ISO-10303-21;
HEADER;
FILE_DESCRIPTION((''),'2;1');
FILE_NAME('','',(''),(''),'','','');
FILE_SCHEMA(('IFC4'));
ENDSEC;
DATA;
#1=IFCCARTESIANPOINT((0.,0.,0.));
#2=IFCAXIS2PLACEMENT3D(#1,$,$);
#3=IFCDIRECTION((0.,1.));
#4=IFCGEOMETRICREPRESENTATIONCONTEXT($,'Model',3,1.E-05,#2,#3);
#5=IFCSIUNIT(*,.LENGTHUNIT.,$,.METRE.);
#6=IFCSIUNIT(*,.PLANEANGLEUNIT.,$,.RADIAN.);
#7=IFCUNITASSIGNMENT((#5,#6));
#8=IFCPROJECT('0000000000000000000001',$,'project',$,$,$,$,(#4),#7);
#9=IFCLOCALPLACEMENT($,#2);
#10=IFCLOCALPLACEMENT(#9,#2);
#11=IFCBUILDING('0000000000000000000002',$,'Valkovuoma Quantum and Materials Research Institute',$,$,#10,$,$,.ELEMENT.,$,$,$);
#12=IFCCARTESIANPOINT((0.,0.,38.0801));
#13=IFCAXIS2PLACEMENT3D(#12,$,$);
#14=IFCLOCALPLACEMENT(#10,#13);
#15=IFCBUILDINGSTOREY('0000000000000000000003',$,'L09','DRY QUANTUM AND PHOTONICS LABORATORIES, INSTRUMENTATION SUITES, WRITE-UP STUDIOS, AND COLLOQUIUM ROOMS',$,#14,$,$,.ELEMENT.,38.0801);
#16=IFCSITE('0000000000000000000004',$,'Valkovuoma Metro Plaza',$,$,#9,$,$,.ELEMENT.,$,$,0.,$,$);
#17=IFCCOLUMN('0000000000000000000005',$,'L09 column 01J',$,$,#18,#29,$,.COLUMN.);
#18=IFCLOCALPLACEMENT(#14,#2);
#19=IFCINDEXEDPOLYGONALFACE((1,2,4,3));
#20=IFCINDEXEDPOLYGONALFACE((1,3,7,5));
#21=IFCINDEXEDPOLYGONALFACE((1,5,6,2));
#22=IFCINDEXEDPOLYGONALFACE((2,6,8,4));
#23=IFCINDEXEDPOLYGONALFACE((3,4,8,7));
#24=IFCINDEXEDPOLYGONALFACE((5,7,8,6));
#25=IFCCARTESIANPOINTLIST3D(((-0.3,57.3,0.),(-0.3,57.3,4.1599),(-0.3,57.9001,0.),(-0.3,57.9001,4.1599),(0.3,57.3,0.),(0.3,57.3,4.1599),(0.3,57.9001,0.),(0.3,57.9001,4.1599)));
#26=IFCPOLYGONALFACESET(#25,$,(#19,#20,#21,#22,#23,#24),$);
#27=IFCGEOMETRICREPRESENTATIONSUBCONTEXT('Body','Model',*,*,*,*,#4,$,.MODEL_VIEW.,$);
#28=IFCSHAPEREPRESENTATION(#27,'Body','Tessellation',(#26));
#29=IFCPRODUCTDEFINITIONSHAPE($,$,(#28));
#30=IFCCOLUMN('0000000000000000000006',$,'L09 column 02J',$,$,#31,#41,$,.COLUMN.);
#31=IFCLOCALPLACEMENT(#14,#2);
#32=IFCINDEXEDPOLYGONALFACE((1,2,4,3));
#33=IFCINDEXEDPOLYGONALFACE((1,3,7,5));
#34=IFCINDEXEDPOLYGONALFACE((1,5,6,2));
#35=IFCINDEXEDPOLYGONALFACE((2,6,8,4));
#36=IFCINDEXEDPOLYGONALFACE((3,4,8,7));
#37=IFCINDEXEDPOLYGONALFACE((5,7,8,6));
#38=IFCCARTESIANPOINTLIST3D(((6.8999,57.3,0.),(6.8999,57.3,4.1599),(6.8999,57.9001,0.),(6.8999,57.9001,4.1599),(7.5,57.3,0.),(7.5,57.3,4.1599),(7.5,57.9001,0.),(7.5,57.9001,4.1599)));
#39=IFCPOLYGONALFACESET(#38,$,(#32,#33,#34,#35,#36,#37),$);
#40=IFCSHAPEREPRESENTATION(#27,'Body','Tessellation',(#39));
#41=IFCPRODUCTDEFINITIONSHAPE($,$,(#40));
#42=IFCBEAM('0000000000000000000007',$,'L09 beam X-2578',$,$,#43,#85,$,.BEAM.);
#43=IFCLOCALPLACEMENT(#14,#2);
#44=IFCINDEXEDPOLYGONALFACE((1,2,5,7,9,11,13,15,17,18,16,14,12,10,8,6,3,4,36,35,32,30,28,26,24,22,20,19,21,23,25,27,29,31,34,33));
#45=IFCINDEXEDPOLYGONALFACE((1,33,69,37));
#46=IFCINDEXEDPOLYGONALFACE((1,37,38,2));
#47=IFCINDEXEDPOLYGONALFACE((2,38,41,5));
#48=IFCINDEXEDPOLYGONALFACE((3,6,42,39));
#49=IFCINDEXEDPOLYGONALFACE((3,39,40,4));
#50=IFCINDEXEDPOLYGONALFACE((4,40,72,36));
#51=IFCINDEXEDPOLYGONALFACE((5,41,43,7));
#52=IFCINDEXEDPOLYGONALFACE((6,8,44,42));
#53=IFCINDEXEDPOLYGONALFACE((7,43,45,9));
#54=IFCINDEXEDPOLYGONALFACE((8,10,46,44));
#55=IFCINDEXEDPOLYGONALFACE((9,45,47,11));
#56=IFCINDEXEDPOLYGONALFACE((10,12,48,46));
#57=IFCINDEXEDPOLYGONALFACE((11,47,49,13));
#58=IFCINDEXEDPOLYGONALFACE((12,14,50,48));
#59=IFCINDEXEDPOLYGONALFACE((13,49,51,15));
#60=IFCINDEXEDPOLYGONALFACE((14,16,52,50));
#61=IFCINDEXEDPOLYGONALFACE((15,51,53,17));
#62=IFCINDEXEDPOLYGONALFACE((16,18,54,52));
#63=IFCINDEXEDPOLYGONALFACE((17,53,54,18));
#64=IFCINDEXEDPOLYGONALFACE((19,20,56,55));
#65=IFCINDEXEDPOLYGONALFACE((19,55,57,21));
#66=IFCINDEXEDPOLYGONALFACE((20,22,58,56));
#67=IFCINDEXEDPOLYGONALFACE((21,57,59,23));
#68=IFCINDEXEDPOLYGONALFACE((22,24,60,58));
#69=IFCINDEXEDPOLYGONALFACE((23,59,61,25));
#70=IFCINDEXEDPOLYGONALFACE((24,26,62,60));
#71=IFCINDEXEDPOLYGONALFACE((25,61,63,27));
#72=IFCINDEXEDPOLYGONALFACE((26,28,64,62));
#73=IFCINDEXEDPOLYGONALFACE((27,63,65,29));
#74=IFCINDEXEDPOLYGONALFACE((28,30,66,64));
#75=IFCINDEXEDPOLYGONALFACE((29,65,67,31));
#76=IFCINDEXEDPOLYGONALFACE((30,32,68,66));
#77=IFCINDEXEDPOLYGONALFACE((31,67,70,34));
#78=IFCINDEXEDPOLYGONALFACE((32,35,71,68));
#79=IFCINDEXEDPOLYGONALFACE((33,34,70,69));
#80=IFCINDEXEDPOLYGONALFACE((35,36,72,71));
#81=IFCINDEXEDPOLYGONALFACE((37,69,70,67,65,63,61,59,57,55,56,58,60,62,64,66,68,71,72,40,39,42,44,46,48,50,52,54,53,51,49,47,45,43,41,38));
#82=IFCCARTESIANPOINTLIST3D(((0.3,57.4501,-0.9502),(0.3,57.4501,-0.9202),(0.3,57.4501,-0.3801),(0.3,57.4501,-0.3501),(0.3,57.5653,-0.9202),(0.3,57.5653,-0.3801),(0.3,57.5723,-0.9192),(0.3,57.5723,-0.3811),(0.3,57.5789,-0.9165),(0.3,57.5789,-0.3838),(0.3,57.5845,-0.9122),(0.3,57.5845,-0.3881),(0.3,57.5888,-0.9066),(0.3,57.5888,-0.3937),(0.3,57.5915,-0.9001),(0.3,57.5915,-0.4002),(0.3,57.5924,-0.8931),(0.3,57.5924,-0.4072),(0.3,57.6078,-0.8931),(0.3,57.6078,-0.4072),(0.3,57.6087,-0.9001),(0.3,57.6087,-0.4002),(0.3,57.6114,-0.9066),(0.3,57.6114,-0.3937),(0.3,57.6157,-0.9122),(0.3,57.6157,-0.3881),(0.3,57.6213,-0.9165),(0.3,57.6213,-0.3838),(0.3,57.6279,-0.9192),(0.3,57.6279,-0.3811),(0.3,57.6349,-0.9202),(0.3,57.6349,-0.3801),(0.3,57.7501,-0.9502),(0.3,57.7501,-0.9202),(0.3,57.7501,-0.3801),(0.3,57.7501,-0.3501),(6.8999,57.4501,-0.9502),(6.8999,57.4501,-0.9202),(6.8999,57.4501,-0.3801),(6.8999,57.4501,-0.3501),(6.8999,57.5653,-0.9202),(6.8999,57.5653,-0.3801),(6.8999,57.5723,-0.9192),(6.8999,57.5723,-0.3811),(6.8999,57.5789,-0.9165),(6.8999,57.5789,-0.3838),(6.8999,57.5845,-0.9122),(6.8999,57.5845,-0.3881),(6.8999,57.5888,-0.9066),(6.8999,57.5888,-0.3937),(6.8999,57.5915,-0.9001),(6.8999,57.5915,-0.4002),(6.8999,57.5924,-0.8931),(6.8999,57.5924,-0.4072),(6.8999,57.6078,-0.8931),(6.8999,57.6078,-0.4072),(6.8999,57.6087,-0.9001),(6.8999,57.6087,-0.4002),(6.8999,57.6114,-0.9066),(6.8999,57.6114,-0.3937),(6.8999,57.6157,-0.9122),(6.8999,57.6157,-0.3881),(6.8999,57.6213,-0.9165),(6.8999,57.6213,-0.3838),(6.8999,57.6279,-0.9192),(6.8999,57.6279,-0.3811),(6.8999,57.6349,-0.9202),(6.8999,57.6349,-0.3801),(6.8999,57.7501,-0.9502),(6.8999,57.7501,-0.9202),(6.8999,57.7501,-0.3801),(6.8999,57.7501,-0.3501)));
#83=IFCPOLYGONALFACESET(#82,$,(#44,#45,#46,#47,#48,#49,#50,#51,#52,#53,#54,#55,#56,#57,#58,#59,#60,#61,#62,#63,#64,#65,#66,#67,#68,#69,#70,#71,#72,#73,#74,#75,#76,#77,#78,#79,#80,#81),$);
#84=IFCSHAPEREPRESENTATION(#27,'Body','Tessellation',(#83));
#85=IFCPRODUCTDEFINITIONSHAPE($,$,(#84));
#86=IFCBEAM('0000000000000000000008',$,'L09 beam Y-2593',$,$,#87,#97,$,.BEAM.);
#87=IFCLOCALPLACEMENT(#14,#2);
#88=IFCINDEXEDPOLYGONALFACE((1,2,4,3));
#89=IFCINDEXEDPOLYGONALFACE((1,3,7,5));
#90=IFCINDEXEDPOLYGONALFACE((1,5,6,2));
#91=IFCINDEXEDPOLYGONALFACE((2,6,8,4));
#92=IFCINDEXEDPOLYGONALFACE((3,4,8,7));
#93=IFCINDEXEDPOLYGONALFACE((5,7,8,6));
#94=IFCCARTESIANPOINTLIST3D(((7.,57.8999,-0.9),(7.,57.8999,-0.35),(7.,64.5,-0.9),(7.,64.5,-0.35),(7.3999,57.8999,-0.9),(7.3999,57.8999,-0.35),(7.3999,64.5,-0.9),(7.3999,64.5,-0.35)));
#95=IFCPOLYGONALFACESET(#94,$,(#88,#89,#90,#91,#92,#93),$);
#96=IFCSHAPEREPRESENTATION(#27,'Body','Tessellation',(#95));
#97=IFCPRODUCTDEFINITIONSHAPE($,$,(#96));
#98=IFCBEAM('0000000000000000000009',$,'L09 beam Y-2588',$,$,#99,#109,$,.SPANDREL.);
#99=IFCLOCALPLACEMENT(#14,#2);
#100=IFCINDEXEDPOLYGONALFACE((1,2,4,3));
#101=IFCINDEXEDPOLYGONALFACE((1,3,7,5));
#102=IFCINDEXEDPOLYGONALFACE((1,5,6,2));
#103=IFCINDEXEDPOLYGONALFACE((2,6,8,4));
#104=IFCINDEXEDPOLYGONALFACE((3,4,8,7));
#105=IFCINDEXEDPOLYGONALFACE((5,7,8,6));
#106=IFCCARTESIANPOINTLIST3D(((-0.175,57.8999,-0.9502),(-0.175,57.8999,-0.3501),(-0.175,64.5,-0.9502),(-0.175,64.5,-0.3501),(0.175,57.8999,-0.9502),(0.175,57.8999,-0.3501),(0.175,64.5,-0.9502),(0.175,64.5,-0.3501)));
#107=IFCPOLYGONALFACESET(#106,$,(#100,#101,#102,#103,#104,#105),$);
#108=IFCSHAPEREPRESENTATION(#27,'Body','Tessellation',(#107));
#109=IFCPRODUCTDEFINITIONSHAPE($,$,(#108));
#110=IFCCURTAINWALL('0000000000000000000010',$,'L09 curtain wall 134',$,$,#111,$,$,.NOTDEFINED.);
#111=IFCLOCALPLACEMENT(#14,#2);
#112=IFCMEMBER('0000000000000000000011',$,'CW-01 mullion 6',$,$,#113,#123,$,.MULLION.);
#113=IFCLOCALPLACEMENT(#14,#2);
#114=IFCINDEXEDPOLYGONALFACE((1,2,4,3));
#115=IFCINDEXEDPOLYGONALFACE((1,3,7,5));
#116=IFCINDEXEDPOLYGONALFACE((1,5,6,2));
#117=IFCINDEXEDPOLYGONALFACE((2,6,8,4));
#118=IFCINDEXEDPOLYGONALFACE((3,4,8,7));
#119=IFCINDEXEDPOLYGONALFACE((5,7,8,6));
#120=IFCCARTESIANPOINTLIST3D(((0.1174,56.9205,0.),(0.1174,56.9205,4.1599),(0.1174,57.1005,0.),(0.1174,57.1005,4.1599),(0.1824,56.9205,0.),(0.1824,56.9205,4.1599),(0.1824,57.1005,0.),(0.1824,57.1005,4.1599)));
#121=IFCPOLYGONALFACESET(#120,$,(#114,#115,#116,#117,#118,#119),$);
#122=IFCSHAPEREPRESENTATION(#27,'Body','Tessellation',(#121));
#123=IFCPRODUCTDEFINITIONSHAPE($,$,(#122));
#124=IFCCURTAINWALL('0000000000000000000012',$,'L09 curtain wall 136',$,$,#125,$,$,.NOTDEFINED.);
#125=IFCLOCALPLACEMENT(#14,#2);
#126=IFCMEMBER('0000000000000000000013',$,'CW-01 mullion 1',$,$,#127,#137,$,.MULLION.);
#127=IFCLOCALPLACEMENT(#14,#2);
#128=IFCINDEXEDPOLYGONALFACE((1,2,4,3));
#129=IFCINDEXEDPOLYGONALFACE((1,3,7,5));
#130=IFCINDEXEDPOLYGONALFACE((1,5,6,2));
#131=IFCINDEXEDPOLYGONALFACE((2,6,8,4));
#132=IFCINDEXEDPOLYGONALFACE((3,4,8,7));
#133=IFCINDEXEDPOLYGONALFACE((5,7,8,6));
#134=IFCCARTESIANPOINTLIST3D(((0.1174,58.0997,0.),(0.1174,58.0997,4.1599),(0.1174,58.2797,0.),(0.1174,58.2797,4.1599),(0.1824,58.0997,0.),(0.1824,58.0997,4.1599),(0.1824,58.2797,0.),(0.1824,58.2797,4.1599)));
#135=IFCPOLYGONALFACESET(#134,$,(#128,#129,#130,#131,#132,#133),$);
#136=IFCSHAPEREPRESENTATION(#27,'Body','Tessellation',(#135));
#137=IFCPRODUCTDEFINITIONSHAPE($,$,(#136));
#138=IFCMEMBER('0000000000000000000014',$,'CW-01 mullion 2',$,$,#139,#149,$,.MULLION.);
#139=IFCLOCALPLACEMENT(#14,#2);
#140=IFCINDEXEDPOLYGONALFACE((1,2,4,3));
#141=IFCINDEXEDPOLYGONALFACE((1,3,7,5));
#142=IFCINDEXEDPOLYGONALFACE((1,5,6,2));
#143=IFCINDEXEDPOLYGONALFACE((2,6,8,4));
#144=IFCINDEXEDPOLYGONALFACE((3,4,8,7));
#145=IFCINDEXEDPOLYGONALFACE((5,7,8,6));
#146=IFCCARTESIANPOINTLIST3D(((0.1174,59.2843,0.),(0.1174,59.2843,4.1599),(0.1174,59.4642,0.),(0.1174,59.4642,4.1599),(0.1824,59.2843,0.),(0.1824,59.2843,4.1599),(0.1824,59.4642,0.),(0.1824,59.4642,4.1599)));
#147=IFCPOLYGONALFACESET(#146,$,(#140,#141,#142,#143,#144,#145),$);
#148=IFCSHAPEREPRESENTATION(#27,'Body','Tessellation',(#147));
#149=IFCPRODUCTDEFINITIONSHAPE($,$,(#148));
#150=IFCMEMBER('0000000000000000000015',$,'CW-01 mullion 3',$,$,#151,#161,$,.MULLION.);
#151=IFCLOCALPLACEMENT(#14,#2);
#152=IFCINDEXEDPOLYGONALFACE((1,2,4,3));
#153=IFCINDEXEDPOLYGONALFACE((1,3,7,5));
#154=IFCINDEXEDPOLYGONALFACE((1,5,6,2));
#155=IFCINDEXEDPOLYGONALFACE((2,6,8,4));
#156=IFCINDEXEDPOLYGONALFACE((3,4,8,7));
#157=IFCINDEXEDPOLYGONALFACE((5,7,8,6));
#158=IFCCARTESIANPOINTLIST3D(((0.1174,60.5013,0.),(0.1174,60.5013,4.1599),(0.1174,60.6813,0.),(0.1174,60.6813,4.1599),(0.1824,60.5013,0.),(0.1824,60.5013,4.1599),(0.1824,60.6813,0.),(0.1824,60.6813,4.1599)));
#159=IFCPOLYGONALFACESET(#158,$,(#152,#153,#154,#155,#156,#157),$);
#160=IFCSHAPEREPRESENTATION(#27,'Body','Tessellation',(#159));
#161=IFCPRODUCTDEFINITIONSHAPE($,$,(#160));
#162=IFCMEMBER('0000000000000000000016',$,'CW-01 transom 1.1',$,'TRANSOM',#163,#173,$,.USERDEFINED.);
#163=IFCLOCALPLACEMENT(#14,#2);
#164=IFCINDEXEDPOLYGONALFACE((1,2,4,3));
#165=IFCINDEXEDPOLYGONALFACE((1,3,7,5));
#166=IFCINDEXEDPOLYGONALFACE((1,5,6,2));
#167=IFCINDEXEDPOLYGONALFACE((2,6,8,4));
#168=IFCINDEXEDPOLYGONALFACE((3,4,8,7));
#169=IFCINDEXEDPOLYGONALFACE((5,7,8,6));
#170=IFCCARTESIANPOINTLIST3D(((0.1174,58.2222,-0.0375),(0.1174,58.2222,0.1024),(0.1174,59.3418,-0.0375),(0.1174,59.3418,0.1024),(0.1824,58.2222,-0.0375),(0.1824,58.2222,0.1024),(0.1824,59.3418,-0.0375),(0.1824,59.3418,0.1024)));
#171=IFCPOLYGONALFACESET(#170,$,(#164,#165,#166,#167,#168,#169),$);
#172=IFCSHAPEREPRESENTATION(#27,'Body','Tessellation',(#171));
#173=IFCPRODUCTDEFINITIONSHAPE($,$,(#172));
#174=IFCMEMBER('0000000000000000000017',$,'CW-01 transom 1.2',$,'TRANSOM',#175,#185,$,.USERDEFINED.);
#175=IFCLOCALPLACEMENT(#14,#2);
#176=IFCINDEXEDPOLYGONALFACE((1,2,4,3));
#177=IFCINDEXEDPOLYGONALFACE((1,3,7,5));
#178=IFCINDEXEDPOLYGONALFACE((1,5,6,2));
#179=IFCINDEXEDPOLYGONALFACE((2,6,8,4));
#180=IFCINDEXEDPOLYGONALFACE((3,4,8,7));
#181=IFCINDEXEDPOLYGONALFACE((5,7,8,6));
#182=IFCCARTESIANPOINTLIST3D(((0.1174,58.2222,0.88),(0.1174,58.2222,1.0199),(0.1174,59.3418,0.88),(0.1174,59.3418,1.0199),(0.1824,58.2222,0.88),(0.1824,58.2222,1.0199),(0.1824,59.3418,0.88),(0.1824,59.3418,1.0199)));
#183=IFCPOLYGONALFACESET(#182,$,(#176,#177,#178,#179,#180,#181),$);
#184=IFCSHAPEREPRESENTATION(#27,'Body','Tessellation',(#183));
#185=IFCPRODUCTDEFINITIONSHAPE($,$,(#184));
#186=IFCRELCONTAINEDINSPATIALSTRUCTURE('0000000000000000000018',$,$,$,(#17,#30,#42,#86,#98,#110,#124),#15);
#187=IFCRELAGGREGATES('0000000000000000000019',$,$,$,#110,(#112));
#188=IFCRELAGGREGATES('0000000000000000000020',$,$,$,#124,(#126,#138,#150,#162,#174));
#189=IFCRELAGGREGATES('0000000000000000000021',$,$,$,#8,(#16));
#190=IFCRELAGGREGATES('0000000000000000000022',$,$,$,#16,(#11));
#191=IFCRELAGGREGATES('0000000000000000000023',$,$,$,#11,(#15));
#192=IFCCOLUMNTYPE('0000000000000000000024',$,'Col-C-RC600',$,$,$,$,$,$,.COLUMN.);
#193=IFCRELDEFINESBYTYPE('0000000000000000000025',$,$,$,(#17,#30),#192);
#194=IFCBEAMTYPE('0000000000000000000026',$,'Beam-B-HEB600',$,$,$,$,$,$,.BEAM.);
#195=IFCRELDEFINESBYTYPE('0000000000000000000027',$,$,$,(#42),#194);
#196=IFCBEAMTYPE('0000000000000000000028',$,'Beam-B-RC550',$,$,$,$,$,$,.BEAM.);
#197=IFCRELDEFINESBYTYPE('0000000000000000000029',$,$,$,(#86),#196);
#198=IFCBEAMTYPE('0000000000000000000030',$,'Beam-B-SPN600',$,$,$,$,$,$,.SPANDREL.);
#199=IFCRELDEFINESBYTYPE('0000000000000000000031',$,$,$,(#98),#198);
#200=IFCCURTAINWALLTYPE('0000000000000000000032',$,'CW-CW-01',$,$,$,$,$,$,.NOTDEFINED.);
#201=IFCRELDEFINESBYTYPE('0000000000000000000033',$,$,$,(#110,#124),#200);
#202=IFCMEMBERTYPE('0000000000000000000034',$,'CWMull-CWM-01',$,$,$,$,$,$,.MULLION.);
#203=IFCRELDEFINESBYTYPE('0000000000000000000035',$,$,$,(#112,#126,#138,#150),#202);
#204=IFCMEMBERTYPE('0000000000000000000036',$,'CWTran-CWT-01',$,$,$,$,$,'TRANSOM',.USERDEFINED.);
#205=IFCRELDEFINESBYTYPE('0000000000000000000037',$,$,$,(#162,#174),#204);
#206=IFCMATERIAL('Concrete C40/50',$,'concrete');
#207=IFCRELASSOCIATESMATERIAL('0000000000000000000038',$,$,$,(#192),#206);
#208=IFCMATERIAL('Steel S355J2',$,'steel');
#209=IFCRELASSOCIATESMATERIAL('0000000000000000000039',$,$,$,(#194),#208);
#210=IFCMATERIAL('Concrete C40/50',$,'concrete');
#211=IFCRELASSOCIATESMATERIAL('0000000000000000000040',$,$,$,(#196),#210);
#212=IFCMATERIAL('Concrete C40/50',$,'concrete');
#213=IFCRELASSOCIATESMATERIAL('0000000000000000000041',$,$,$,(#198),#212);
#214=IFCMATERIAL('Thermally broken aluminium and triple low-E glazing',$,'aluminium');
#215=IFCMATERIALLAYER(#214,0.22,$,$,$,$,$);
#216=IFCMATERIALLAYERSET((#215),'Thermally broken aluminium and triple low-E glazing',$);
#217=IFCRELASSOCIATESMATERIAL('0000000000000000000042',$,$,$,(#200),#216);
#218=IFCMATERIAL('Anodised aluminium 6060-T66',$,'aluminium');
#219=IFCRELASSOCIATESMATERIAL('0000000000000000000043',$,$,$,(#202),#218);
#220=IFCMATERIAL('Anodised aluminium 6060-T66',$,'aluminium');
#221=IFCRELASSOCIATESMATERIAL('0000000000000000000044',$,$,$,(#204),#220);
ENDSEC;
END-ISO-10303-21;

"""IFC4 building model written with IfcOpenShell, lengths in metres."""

from ifc_helpers import new_model, si_unit, direction, frame, origin, origin_2d, place, context, subcontext, project, spatial, rectangle, i_section, extrude, material, layer, layer_set, material_profile, profile_set, type_object, element, aggregate, save


model = new_model("IFC4")

# Units and contexts
model_context = context("Model", 3, precision=1e-05, world=origin(), true_north=direction((0.0, 1.0)))
body_context = subcontext(model_context, "Body", "Model", "MODEL_VIEW")
ifc_project = project(units=[si_unit("LENGTHUNIT", "METRE"), si_unit("PLANEANGLEUNIT", "RADIAN")], contexts=[model_context])

# Site, building, storey
site_placement = place(None, origin())
site = spatial("IfcSite", under=ifc_project, at=site_placement, Name="Valkovuoma Metro Plaza", CompositionType="ELEMENT", RefElevation=0.0)
building_placement = place(site_placement, origin())
building = spatial("IfcBuilding", under=site, at=building_placement, Name="Valkovuoma Quantum and Materials Research Institute", CompositionType="ELEMENT")
storey_placement = place(building_placement, frame((0.0, 0.0, 38.0801)))
storey = spatial("IfcBuildingStorey", under=building, at=storey_placement, Name="L09", Description="DRY QUANTUM AND PHOTONICS LABORATORIES, INSTRUMENTATION SUITES, WRITE-UP STUDIOS, AND COLLOQUIUM ROOMS", CompositionType="ELEMENT", Elevation=38.0801)

# Columns
ifc_material_1 = material(Name="Concrete C40/50", Category="concrete")
ifc_material_profile_1 = material_profile(ifc_material_1, rectangle(XDim=0.6001, YDim=0.6001, at=origin_2d()), Name="Concrete C40/50")
ifc_profile_set_1 = profile_set([ifc_material_profile_1], Name="Concrete C40/50")
column_type = type_object("IfcColumnType", Name="Col-C-RC600", PredefinedType="COLUMN", material=ifc_profile_set_1)
for number, where, z_axis, x_axis, name in (
    (1, (0.0, 57.6001, 0.0), (0.0, 0.0, 1.0), (1.0, 0.0, 0.0), "L09 column 01J"),
    (2, (7.2, 57.6001, 0.0), (0.0, 0.0, 1.0), (1.0, 0.0, 0.0), "L09 column 02J"),
):
    element("IfcColumn", number, at=place(storey_placement, frame(where, z_axis=z_axis, x_axis=x_axis)), inside=storey, type_object=column_type, Name=name, PredefinedType="COLUMN", context=body_context, shape_type="SweptSolid", body=[
        extrude(rectangle(XDim=0.6001, YDim=0.6001, at=origin_2d()), origin(), (0.0, 0.0, 1.0), 4.1599),
    ])

# Beams
ifc_material_2 = material(Name="Steel S355J2", Category="steel")
ifc_material_profile_2 = material_profile(ifc_material_2, i_section(OverallWidth=0.3, OverallDepth=0.6001, WebThickness=0.0154, FlangeThickness=0.03, FilletRadius=0.0271, at=origin_2d()), Name="Steel S355J2")
ifc_profile_set_2 = profile_set([ifc_material_profile_2], Name="Steel S355J2")
beam_type_1 = type_object("IfcBeamType", Name="Beam-B-HEB600", PredefinedType="BEAM", material=ifc_profile_set_2)
beam_1_placement = place(storey_placement, frame((0.3, 57.6001, -0.6501), z_axis=(1.0, 0.0, 0.0), x_axis=(0.0, 1.0, 0.0)))
element("IfcBeam", 3, at=beam_1_placement, inside=storey, type_object=beam_type_1, Name="L09 beam X-2578", PredefinedType="BEAM", context=body_context, shape_type="SweptSolid", body=[
    extrude(i_section(OverallWidth=0.3, OverallDepth=0.6001, WebThickness=0.0154, FlangeThickness=0.03, FilletRadius=0.0271, at=origin_2d()), origin(), (0.0, 0.0, 1.0), 6.5999),
])
ifc_material_3 = material(Name="Concrete C40/50", Category="concrete")
ifc_material_profile_3 = material_profile(ifc_material_3, rectangle(XDim=0.3999, YDim=0.55, at=origin_2d()), Name="Concrete C40/50")
ifc_profile_set_3 = profile_set([ifc_material_profile_3], Name="Concrete C40/50")
beam_type_2 = type_object("IfcBeamType", Name="Beam-B-RC550", PredefinedType="BEAM", material=ifc_profile_set_3)
beam_2_placement = place(storey_placement, frame((7.2, 57.8999, -0.625), z_axis=(0.0, 1.0, 0.0), x_axis=(-1.0, 0.0, 0.0)))
element("IfcBeam", 4, at=beam_2_placement, inside=storey, type_object=beam_type_2, Name="L09 beam Y-2593", PredefinedType="BEAM", context=body_context, shape_type="SweptSolid", body=[
    extrude(rectangle(XDim=0.3999, YDim=0.55, at=origin_2d()), origin(), (0.0, 0.0, 1.0), 6.6001),
])
ifc_material_4 = material(Name="Concrete C40/50", Category="concrete")
ifc_material_profile_4 = material_profile(ifc_material_4, rectangle(XDim=0.3501, YDim=0.6001, at=origin_2d()), Name="Concrete C40/50")
ifc_profile_set_4 = profile_set([ifc_material_profile_4], Name="Concrete C40/50")
beam_type_3 = type_object("IfcBeamType", Name="Beam-B-SPN600", PredefinedType="SPANDREL", material=ifc_profile_set_4)
beam_3_placement = place(storey_placement, frame((0.0, 57.8999, -0.6501), z_axis=(0.0, 1.0, 0.0), x_axis=(-1.0, 0.0, 0.0)))
element("IfcBeam", 5, at=beam_3_placement, inside=storey, type_object=beam_type_3, Name="L09 beam Y-2588", PredefinedType="SPANDREL", context=body_context, shape_type="SweptSolid", body=[
    extrude(rectangle(XDim=0.3501, YDim=0.6001, at=origin_2d()), origin(), (0.0, 0.0, 1.0), 6.6001),
])

# Curtain wall, member
ifc_material_5 = material(Name="Thermally broken aluminium and triple low-E glazing", Category="aluminium")
ifc_layer_1 = layer(ifc_material_5, 0.22)
ifc_layer_set_1 = layer_set([ifc_layer_1], Name="Thermally broken aluminium and triple low-E glazing")
curtain_wall_type = type_object("IfcCurtainWallType", Name="CW-CW-01", PredefinedType="NOTDEFINED", material=ifc_layer_set_1)
curtain_wall_1_placement = place(storey_placement, origin())
curtain_wall_1 = element("IfcCurtainWall", 6, at=curtain_wall_1_placement, inside=storey, type_object=curtain_wall_type, Name="L09 curtain wall 134", PredefinedType="NOTDEFINED")
ifc_material_6 = material(Name="Anodised aluminium 6060-T66", Category="aluminium")
ifc_material_profile_5 = material_profile(ifc_material_6, rectangle(XDim=0.0649, YDim=0.1799, at=origin_2d()), Name="Anodised aluminium 6060-T66")
ifc_profile_set_5 = profile_set([ifc_material_profile_5], Name="Anodised aluminium 6060-T66")
member_type_1 = type_object("IfcMemberType", Name="CWMull-CWM-01", PredefinedType="MULLION", material=ifc_profile_set_5)
member_1_placement = place(storey_placement, frame((0.1499, 57.0105, 0.0), z_axis=(0.0, 0.0, 1.0), x_axis=(-1.0, 0.0, 0.0)))
member_1 = element("IfcMember", 7, at=member_1_placement, type_object=member_type_1, Name="CW-01 mullion 6", PredefinedType="MULLION", context=body_context, shape_type="SweptSolid", body=[
    extrude(rectangle(XDim=0.0649, YDim=0.1799, at=origin_2d()), origin(), (0.0, 0.0, 1.0), 4.1599),
])
aggregate(curtain_wall_1, [member_1])

# Curtain wall, members
curtain_wall_2_placement = place(storey_placement, origin())
curtain_wall_2 = element("IfcCurtainWall", 8, at=curtain_wall_2_placement, inside=storey, type_object=curtain_wall_type, Name="L09 curtain wall 136", PredefinedType="NOTDEFINED")
member_2_placement = place(storey_placement, frame((0.1499, 58.1897, 0.0), z_axis=(0.0, 0.0, 1.0), x_axis=(-1.0, 0.0, 0.0)))
member_2 = element("IfcMember", 9, at=member_2_placement, type_object=member_type_1, Name="CW-01 mullion 1", PredefinedType="MULLION", context=body_context, shape_type="SweptSolid", body=[
    extrude(rectangle(XDim=0.0649, YDim=0.1799, at=origin_2d()), origin(), (0.0, 0.0, 1.0), 4.1599),
])
member_3_placement = place(storey_placement, frame((0.1499, 59.3743, 0.0), z_axis=(0.0, 0.0, 1.0), x_axis=(-1.0, 0.0, 0.0)))
member_3 = element("IfcMember", 10, at=member_3_placement, type_object=member_type_1, Name="CW-01 mullion 2", PredefinedType="MULLION", context=body_context, shape_type="SweptSolid", body=[
    extrude(rectangle(XDim=0.0649, YDim=0.1799, at=origin_2d()), origin(), (0.0, 0.0, 1.0), 4.1599),
])
member_4_placement = place(storey_placement, frame((0.1499, 60.5913, 0.0), z_axis=(0.0, 0.0, 1.0), x_axis=(-1.0, 0.0, 0.0)))
member_4 = element("IfcMember", 11, at=member_4_placement, type_object=member_type_1, Name="CW-01 mullion 3", PredefinedType="MULLION", context=body_context, shape_type="SweptSolid", body=[
    extrude(rectangle(XDim=0.0649, YDim=0.1799, at=origin_2d()), origin(), (0.0, 0.0, 1.0), 4.1599),
])
ifc_material_7 = material(Name="Anodised aluminium 6060-T66", Category="aluminium")
ifc_material_profile_6 = material_profile(ifc_material_7, rectangle(XDim=0.0649, YDim=0.1399, at=origin_2d()), Name="Anodised aluminium 6060-T66")
ifc_profile_set_6 = profile_set([ifc_material_profile_6], Name="Anodised aluminium 6060-T66")
member_type_2 = type_object("IfcMemberType", Name="CWTran-CWT-01", ElementType="TRANSOM", PredefinedType="USERDEFINED", material=ifc_profile_set_6)
member_5_placement = place(storey_placement, frame((0.1499, 58.2222, 0.0325), z_axis=(0.0, 1.0, 0.0), x_axis=(-1.0, 0.0, 0.0)))
member_5 = element("IfcMember", 12, at=member_5_placement, type_object=member_type_2, Name="CW-01 transom 1.1", ObjectType="TRANSOM", PredefinedType="USERDEFINED", context=body_context, shape_type="SweptSolid", body=[
    extrude(rectangle(XDim=0.0649, YDim=0.1399, at=origin_2d()), origin(), (0.0, 0.0, 1.0), 1.1196),
])
member_6_placement = place(storey_placement, frame((0.1499, 58.2222, 0.95), z_axis=(0.0, 1.0, 0.0), x_axis=(-1.0, 0.0, 0.0)))
member_6 = element("IfcMember", 13, at=member_6_placement, type_object=member_type_2, Name="CW-01 transom 1.2", ObjectType="TRANSOM", PredefinedType="USERDEFINED", context=body_context, shape_type="SweptSolid", body=[
    extrude(rectangle(XDim=0.0649, YDim=0.1399, at=origin_2d()), origin(), (0.0, 0.0, 1.0), 1.1196),
])
aggregate(curtain_wall_2, [member_2, member_3, member_4, member_5, member_6])

save(model, "model.ifc")
